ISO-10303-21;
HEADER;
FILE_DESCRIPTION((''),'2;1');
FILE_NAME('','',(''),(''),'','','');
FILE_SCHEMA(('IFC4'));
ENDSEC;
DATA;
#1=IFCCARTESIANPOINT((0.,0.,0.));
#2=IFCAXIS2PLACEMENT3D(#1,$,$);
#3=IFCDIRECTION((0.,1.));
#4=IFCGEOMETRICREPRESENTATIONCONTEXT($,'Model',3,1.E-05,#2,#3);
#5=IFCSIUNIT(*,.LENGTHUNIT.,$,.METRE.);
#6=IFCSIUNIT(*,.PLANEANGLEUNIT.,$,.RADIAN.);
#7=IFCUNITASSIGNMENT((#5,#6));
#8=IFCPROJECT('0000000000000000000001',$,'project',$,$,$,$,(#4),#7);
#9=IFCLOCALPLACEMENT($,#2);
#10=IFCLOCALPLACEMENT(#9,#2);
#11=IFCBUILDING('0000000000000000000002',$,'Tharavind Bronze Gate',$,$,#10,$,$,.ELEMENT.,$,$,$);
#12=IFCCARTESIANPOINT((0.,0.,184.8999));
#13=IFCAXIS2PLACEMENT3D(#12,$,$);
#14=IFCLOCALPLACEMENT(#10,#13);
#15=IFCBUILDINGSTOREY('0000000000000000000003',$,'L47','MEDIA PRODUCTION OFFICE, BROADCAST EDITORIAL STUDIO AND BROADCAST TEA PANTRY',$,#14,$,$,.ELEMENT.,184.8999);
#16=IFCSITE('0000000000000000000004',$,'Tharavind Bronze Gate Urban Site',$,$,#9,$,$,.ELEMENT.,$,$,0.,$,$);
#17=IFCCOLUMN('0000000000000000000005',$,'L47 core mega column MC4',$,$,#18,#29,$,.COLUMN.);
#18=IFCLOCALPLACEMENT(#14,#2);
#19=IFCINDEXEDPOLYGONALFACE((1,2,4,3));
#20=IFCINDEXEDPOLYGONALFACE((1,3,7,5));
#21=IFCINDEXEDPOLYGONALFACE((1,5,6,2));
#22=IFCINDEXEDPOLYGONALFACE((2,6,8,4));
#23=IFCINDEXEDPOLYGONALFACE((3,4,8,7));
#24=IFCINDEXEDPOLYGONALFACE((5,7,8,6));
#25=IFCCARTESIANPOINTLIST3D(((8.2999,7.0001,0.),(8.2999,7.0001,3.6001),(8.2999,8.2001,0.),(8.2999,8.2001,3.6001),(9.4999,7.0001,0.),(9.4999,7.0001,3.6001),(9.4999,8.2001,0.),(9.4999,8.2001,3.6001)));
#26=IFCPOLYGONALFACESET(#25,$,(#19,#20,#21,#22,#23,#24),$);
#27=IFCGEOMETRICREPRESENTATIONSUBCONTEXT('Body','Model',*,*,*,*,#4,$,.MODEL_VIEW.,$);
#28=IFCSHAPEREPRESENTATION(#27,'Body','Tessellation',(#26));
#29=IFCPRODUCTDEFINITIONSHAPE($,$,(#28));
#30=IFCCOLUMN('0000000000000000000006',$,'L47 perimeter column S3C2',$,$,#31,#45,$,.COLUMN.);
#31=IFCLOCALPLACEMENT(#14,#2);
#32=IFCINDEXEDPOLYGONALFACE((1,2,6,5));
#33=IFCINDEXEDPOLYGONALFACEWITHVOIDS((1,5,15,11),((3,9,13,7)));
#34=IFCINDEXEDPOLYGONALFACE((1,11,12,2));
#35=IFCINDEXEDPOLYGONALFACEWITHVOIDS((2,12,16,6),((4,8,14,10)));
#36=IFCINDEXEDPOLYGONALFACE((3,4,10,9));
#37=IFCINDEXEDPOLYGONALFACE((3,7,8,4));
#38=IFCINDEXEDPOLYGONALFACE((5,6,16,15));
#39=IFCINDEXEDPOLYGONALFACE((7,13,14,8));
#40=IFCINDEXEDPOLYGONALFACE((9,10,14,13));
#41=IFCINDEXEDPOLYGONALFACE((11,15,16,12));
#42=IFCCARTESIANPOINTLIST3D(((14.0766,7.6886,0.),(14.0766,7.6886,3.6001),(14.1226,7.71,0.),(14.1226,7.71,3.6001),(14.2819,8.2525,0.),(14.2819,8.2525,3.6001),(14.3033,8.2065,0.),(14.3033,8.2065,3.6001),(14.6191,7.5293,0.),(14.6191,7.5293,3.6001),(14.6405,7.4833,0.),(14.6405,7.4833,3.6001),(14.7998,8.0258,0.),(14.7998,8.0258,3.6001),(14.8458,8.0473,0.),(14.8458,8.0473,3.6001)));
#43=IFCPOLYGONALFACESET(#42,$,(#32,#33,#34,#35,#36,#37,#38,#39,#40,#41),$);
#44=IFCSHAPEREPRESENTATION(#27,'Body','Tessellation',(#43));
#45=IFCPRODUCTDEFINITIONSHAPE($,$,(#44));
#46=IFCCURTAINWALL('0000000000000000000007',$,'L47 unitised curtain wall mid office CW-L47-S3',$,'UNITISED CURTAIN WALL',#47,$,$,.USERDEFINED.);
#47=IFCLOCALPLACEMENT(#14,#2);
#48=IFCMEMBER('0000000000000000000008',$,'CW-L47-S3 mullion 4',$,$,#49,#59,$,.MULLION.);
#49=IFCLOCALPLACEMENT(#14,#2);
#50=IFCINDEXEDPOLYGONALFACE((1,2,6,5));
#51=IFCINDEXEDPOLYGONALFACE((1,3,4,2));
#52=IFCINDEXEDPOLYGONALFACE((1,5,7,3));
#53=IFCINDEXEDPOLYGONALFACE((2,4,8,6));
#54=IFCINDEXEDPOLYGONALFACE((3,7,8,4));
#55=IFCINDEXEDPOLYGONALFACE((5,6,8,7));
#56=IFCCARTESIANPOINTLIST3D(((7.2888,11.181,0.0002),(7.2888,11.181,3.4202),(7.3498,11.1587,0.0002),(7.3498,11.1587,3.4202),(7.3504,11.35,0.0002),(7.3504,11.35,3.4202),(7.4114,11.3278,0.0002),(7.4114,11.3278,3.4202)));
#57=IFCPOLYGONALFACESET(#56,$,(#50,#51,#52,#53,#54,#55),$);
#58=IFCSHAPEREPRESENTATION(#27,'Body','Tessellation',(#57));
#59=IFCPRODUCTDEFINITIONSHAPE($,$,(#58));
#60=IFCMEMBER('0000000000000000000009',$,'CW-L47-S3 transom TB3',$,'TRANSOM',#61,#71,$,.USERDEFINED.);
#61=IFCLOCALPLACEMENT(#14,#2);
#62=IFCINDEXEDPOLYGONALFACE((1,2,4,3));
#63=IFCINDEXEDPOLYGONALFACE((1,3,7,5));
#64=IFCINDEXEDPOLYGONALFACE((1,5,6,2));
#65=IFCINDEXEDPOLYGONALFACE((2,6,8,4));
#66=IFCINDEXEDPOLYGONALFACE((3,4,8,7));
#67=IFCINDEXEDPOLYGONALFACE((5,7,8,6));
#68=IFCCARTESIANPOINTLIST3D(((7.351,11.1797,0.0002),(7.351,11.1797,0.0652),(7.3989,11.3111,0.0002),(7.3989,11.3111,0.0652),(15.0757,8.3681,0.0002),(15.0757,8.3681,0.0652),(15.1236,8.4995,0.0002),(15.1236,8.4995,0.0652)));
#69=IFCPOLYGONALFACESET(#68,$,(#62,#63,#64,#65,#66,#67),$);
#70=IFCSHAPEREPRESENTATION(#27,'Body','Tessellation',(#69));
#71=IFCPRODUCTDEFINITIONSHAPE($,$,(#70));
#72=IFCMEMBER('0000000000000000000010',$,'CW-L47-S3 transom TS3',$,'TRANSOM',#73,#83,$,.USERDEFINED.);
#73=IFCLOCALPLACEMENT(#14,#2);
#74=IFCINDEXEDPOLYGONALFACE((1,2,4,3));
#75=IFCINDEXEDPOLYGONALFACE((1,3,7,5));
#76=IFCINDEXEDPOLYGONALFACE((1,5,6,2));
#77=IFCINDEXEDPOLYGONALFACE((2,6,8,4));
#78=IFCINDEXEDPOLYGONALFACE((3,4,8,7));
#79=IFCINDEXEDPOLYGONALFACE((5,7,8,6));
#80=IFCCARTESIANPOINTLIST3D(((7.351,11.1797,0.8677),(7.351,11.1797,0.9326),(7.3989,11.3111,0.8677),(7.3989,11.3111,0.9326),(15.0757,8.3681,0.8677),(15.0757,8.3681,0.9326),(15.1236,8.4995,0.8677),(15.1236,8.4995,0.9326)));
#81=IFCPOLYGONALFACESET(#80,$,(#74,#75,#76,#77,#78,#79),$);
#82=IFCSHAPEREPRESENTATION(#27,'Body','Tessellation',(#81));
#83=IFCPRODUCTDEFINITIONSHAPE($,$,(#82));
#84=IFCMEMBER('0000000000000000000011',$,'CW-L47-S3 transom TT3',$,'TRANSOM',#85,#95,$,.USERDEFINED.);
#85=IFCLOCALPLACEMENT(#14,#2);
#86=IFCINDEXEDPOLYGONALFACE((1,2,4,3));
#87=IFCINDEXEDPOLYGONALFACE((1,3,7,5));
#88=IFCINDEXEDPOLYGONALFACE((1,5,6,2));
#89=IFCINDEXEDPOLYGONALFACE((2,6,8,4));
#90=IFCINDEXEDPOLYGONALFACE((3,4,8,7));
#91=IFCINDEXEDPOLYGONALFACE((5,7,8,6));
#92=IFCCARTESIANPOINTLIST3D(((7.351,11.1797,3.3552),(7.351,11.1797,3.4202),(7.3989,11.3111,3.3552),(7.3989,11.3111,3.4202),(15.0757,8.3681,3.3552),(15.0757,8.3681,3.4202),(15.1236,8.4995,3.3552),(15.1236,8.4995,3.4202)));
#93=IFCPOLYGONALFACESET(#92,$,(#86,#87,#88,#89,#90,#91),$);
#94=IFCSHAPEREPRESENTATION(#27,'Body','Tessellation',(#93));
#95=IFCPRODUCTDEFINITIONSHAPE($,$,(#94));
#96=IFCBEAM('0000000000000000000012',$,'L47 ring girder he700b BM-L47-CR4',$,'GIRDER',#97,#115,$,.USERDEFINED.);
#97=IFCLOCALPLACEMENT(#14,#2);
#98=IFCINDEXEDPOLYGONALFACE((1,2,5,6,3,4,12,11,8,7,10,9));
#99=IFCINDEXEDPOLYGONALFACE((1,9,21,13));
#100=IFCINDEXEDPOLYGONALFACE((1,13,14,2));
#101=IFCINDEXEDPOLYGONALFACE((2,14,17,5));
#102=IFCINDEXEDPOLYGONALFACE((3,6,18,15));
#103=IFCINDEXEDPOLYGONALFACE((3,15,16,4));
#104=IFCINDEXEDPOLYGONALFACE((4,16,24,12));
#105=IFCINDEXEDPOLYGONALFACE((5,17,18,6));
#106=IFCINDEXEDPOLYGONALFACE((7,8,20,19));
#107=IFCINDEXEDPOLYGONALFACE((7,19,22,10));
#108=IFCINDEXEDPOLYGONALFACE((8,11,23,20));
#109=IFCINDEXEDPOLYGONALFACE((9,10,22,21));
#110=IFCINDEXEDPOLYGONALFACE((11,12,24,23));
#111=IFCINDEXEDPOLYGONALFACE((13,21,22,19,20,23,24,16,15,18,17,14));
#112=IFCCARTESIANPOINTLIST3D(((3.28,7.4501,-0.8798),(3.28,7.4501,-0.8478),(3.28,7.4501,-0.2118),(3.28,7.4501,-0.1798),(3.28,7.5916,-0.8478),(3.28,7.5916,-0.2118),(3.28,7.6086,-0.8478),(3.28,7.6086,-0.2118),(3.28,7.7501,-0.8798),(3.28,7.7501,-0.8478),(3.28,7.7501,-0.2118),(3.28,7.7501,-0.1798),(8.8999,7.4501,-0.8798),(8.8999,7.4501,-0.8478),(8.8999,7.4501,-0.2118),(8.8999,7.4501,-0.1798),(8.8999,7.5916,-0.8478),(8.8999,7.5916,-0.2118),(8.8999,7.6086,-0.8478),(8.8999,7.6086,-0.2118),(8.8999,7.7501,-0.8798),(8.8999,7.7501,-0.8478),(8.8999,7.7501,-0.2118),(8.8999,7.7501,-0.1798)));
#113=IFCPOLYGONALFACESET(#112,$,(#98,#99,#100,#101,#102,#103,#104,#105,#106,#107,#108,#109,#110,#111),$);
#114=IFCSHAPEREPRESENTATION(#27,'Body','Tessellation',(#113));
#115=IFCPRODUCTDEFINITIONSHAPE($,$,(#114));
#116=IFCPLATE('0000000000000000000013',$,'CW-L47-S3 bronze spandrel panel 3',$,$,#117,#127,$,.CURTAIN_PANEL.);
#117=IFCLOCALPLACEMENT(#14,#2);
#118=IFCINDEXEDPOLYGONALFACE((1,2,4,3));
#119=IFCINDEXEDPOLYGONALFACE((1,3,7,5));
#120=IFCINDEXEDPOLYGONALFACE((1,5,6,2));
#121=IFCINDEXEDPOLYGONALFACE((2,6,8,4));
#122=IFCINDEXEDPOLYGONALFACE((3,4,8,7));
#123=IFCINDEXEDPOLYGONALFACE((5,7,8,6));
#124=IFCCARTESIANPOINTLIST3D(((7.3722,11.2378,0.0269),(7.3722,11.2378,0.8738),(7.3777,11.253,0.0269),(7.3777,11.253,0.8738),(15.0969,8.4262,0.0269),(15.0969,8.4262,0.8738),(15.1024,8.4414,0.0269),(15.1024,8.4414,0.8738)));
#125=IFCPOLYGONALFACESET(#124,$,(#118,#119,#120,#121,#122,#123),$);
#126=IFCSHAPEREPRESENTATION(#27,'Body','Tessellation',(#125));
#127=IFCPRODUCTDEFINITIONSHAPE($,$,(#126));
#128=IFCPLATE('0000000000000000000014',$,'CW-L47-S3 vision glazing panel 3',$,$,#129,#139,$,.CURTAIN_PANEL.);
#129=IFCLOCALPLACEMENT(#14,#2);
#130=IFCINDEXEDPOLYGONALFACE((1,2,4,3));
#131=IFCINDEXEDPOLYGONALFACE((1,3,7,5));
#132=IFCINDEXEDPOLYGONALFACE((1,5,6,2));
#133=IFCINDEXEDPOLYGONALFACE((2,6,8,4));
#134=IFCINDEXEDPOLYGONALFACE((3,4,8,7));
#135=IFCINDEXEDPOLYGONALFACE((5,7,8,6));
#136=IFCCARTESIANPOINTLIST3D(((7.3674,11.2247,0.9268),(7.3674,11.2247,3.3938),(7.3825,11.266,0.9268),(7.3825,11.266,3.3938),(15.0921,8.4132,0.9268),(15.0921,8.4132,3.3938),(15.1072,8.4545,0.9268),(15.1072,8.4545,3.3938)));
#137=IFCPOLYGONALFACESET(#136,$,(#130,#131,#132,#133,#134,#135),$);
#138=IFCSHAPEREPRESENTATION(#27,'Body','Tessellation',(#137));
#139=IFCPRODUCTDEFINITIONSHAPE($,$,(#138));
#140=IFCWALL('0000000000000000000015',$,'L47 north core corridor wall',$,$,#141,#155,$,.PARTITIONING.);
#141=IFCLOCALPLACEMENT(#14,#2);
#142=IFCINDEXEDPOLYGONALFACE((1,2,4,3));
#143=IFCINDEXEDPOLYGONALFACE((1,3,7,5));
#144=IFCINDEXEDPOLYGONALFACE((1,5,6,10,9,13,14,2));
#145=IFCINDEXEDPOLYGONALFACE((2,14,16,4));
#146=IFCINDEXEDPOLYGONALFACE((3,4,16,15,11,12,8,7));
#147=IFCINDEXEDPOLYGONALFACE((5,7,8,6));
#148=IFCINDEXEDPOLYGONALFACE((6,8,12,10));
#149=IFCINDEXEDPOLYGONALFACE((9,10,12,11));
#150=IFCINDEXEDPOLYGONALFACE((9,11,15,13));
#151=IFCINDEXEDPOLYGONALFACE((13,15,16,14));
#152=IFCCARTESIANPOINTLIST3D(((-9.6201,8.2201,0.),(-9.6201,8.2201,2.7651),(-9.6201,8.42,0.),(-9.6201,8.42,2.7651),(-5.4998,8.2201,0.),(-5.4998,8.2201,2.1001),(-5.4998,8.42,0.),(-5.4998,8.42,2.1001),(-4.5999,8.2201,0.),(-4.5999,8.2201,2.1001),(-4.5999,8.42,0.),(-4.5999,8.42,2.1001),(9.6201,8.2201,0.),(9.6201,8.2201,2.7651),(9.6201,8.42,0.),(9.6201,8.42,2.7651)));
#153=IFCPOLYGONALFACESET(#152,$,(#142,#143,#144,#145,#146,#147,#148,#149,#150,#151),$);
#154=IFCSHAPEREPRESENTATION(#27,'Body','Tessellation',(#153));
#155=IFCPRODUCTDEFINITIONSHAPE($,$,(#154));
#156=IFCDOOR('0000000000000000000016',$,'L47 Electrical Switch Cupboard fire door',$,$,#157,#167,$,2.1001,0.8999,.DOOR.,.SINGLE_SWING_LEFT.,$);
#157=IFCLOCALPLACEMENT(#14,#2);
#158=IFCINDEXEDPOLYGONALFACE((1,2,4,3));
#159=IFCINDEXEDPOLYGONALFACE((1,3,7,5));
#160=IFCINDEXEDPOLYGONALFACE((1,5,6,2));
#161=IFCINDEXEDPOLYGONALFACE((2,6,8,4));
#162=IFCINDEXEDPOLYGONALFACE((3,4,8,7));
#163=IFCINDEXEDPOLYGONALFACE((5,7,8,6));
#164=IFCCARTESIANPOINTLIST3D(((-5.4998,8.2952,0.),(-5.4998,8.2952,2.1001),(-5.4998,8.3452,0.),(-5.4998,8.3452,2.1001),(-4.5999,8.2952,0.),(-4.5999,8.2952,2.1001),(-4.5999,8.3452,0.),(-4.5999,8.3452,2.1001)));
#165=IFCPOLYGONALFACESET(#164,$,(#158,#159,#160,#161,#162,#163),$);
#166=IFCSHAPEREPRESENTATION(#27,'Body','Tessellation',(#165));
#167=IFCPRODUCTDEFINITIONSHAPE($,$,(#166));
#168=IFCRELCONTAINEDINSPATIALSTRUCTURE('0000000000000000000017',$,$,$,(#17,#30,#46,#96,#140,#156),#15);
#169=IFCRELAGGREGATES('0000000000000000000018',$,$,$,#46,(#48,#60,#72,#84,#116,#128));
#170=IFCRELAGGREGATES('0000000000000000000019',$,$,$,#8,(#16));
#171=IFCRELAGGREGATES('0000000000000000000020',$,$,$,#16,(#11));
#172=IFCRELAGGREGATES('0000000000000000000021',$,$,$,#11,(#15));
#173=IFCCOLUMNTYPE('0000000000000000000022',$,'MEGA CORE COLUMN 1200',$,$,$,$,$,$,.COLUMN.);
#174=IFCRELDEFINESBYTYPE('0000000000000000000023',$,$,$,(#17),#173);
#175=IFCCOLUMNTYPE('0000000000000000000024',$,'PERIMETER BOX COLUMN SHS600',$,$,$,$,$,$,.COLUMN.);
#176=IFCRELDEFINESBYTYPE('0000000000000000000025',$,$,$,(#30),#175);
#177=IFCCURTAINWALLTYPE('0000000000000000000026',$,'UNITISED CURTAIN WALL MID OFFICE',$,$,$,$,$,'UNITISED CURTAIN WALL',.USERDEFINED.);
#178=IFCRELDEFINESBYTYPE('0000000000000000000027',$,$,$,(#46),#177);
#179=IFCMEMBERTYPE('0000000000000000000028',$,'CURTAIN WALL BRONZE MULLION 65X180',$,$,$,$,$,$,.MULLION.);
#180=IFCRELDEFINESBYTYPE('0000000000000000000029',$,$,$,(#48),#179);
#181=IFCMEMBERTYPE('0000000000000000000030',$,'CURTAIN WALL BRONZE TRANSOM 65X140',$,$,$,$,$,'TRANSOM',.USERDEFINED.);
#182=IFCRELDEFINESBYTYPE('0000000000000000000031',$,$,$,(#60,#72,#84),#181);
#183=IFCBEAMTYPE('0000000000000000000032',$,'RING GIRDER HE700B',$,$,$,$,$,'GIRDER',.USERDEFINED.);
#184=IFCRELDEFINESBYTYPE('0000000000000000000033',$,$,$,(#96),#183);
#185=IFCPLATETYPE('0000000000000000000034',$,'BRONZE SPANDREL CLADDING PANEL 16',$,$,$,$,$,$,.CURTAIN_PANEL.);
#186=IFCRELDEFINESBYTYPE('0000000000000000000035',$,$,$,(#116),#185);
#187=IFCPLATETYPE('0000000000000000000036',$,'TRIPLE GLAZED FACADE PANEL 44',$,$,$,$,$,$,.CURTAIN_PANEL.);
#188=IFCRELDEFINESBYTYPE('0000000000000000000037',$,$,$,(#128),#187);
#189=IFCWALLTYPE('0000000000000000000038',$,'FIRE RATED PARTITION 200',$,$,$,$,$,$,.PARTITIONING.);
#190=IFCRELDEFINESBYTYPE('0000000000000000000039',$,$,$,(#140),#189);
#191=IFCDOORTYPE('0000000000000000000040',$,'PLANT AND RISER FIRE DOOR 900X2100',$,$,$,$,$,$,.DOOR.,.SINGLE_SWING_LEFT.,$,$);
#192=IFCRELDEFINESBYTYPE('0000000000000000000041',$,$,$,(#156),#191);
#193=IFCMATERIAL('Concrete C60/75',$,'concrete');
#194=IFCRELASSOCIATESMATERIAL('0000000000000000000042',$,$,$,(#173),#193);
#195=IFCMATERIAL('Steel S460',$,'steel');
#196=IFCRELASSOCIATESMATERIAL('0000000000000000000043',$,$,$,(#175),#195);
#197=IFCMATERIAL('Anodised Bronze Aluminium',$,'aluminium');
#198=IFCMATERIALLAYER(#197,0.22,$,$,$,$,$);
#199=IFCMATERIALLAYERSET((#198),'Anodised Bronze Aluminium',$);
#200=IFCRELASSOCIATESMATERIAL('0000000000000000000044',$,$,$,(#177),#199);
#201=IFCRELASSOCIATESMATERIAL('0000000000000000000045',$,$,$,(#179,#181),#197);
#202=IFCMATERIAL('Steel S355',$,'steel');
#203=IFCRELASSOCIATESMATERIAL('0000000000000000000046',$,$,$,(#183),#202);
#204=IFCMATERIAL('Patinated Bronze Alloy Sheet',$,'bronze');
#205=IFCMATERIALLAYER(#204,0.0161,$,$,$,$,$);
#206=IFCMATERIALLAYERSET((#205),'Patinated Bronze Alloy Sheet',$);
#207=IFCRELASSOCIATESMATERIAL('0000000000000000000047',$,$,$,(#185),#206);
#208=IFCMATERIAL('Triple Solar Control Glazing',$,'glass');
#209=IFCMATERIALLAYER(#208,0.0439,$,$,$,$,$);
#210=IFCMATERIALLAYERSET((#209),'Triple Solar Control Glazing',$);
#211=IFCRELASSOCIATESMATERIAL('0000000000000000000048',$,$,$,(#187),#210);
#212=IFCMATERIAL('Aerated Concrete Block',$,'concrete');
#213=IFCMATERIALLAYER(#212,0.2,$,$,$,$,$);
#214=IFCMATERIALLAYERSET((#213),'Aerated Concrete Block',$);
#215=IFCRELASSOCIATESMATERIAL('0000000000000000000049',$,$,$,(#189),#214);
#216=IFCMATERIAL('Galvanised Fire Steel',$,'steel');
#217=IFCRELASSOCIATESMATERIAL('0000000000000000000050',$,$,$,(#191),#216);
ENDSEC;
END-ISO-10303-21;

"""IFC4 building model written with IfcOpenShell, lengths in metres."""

from ifc_helpers import new_model, si_unit, direction, frame, frame_2d, origin, origin_2d, place, context, subcontext, project, spatial, rectangle, hollow_rectangle, i_section, extrude, material, layer, layer_set, material_profile, profile_set, type_object, element, fill, aggregate, save


model = new_model("IFC4")

# Units and contexts
model_context = context("Model", 3, precision=1e-05, world=origin(), true_north=direction((0.0, 1.0)))
body_context = subcontext(model_context, "Body", "Model", "MODEL_VIEW")
ifc_project = project(units=[si_unit("LENGTHUNIT", "METRE"), si_unit("PLANEANGLEUNIT", "RADIAN")], contexts=[model_context])

# Site, building, storey
site_placement = place(None, origin())
site = spatial("IfcSite", under=ifc_project, at=site_placement, Name="Tharavind Bronze Gate Urban Site", CompositionType="ELEMENT", RefElevation=0.0)
building_placement = place(site_placement, origin())
building = spatial("IfcBuilding", under=site, at=building_placement, Name="Tharavind Bronze Gate", CompositionType="ELEMENT")
storey_placement = place(building_placement, frame((0.0, 0.0, 184.8999)))
storey = spatial("IfcBuildingStorey", under=building, at=storey_placement, Name="L47", Description="MEDIA PRODUCTION OFFICE, BROADCAST EDITORIAL STUDIO AND BROADCAST TEA PANTRY", CompositionType="ELEMENT", Elevation=184.8999)

# Columns
ifc_material_1 = material(Name="Concrete C60/75", Category="concrete")
ifc_material_profile_1 = material_profile(ifc_material_1, rectangle(XDim=1.2, YDim=1.2, at=origin_2d()), Name="RCCOL1200")
ifc_profile_set_1 = profile_set([ifc_material_profile_1], Name="Concrete C60/75")
column_type_1 = type_object("IfcColumnType", Name="MEGA CORE COLUMN 1200", PredefinedType="COLUMN", material=ifc_profile_set_1)
column_1_placement = place(storey_placement, frame((8.8999, 7.6001, 0.0), z_axis=(0.0, 0.0, 1.0), x_axis=(1.0, 0.0, 0.0)))
element("IfcColumn", 1, at=column_1_placement, inside=storey, type_object=column_type_1, Name="L47 core mega column MC4", PredefinedType="COLUMN", context=body_context, shape_type="SweptSolid", body=[
    extrude(rectangle(XDim=1.2, YDim=1.2, at=origin_2d()), origin(), (0.0, 0.0, 1.0), 3.6001),
])
ifc_material_2 = material(Name="Steel S460", Category="steel")
ifc_material_profile_2 = material_profile(ifc_material_2, hollow_rectangle(XDim=0.6001, YDim=0.6001, WallThickness=0.0359, at=origin_2d()), Name="SHS600X36")
ifc_profile_set_2 = profile_set([ifc_material_profile_2], Name="Steel S460")
column_type_2 = type_object("IfcColumnType", Name="PERIMETER BOX COLUMN SHS600", PredefinedType="COLUMN", material=ifc_profile_set_2)
column_2_placement = place(storey_placement, frame((14.4612, 7.8679, 0.0), z_axis=(0.0, 0.0, 1.0), x_axis=(-0.939692, 0.342022, 0.0)))
element("IfcColumn", 2, at=column_2_placement, inside=storey, type_object=column_type_2, Name="L47 perimeter column S3C2", PredefinedType="COLUMN", context=body_context, shape_type="SweptSolid", body=[
    extrude(hollow_rectangle(XDim=0.6001, YDim=0.6001, WallThickness=0.0359, at=origin_2d()), origin(), (0.0, 0.0, 1.0), 3.6001),
])

# Curtain wall, members
ifc_material_3 = material(Name="Anodised Bronze Aluminium", Category="aluminium")
ifc_layer_1 = layer(ifc_material_3, 0.22)
ifc_layer_set_1 = layer_set([ifc_layer_1], Name="Anodised Bronze Aluminium")
curtain_wall_type = type_object("IfcCurtainWallType", Name="UNITISED CURTAIN WALL MID OFFICE", ElementType="UNITISED CURTAIN WALL", PredefinedType="USERDEFINED", material=ifc_layer_set_1)
curtain_wall_placement = place(storey_placement, origin())
curtain_wall = element("IfcCurtainWall", 3, at=curtain_wall_placement, inside=storey, type_object=curtain_wall_type, Name="L47 unitised curtain wall mid office CW-L47-S3", ObjectType="UNITISED CURTAIN WALL", PredefinedType="USERDEFINED")
member_type_1 = type_object("IfcMemberType", Name="CURTAIN WALL BRONZE MULLION 65X180", PredefinedType="MULLION", material=ifc_material_3)
member_1_placement = place(storey_placement, frame((7.3501, 11.2544, 0.0002), z_axis=(0.0, 0.0, 1.0), x_axis=(-0.939692, 0.342022, 0.0)))
member_1 = element("IfcMember", 4, at=member_1_placement, type_object=member_type_1, Name="CW-L47-S3 mullion 4", PredefinedType="MULLION", context=body_context, shape_type="SweptSolid", body=[
    extrude(rectangle(XDim=0.0649, YDim=0.1799, at=origin_2d()), origin(), (0.0, 0.0, 1.0), 3.4199),
])
member_type_2 = type_object("IfcMemberType", Name="CURTAIN WALL BRONZE TRANSOM 65X140", ElementType="TRANSOM", PredefinedType="USERDEFINED", material=ifc_material_3)
member_2_placement = place(storey_placement, frame((11.2373, 9.8396, 0.0002), z_axis=(0.0, 0.0, 1.0), x_axis=(-0.939692, 0.342022, 0.0)))
member_2 = element("IfcMember", 5, at=member_2_placement, type_object=member_type_2, Name="CW-L47-S3 transom TB3", ObjectType="TRANSOM", PredefinedType="USERDEFINED", context=body_context, shape_type="SweptSolid", body=[
    extrude(rectangle(XDim=8.2205, YDim=0.1399, at=origin_2d()), origin(), (0.0, 0.0, 1.0), 0.0649),
])
member_3_placement = place(storey_placement, frame((11.2373, 9.8396, 0.8677), z_axis=(0.0, 0.0, 1.0), x_axis=(-0.939692, 0.342022, 0.0)))
member_3 = element("IfcMember", 6, at=member_3_placement, type_object=member_type_2, Name="CW-L47-S3 transom TS3", ObjectType="TRANSOM", PredefinedType="USERDEFINED", context=body_context, shape_type="SweptSolid", body=[
    extrude(rectangle(XDim=8.2205, YDim=0.1399, at=origin_2d()), origin(), (0.0, 0.0, 1.0), 0.0649),
])
member_4_placement = place(storey_placement, frame((11.2373, 9.8396, 3.3552), z_axis=(0.0, 0.0, 1.0), x_axis=(-0.939692, 0.342022, 0.0)))
member_4 = element("IfcMember", 7, at=member_4_placement, type_object=member_type_2, Name="CW-L47-S3 transom TT3", ObjectType="TRANSOM", PredefinedType="USERDEFINED", context=body_context, shape_type="SweptSolid", body=[
    extrude(rectangle(XDim=8.2205, YDim=0.1399, at=origin_2d()), origin(), (0.0, 0.0, 1.0), 0.0649),
])

# Beam
ifc_material_4 = material(Name="Steel S355", Category="steel")
ifc_material_profile_3 = material_profile(ifc_material_4, i_section(OverallWidth=0.3, OverallDepth=0.7, WebThickness=0.0171, FlangeThickness=0.032, at=origin_2d()), Name="HE700B")
ifc_profile_set_3 = profile_set([ifc_material_profile_3], Name="Steel S355")
beam_type = type_object("IfcBeamType", Name="RING GIRDER HE700B", ElementType="GIRDER", PredefinedType="USERDEFINED", material=ifc_profile_set_3)
beam_placement = place(storey_placement, frame((8.8999, 7.6001, -0.5298), z_axis=(-1.0, 0.0, 0.0), x_axis=(0.0, -1.0, 0.0)))
element("IfcBeam", 8, at=beam_placement, inside=storey, type_object=beam_type, Name="L47 ring girder he700b BM-L47-CR4", ObjectType="GIRDER", PredefinedType="USERDEFINED", context=body_context, shape_type="SweptSolid", body=[
    extrude(i_section(OverallWidth=0.3, OverallDepth=0.7, WebThickness=0.0171, FlangeThickness=0.032, at=origin_2d()), origin(), (0.0, 0.0, 1.0), 5.6199),
])

# Plates
ifc_material_5 = material(Name="Patinated Bronze Alloy Sheet", Category="bronze")
ifc_layer_2 = layer(ifc_material_5, 0.0161)
ifc_layer_set_2 = layer_set([ifc_layer_2], Name="Patinated Bronze Alloy Sheet")
plate_type_1 = type_object("IfcPlateType", Name="BRONZE SPANDREL CLADDING PANEL 16", PredefinedType="CURTAIN_PANEL", material=ifc_layer_set_2)
plate_1_placement = place(storey_placement, frame((11.2373, 9.8396, 0.0269), z_axis=(0.0, 0.0, 1.0), x_axis=(-0.939692, 0.342022, 0.0)))
plate_1 = element("IfcPlate", 9, at=plate_1_placement, type_object=plate_type_1, Name="CW-L47-S3 bronze spandrel panel 3", PredefinedType="CURTAIN_PANEL", context=body_context, shape_type="SweptSolid", body=[
    extrude(rectangle(XDim=8.2205, YDim=0.0161, at=origin_2d()), origin(), (0.0, 0.0, 1.0), 0.8469),
])
ifc_material_6 = material(Name="Triple Solar Control Glazing", Category="glass")
ifc_layer_3 = layer(ifc_material_6, 0.0439)
ifc_layer_set_3 = layer_set([ifc_layer_3], Name="Triple Solar Control Glazing")
plate_type_2 = type_object("IfcPlateType", Name="TRIPLE GLAZED FACADE PANEL 44", PredefinedType="CURTAIN_PANEL", material=ifc_layer_set_3)
plate_2_placement = place(storey_placement, frame((11.2373, 9.8396, 0.9268), z_axis=(0.0, 0.0, 1.0), x_axis=(-0.939692, 0.342022, 0.0)))
plate_2 = element("IfcPlate", 10, at=plate_2_placement, type_object=plate_type_2, Name="CW-L47-S3 vision glazing panel 3", PredefinedType="CURTAIN_PANEL", context=body_context, shape_type="SweptSolid", body=[
    extrude(rectangle(XDim=8.2205, YDim=0.0439, at=origin_2d()), origin(), (0.0, 0.0, 1.0), 2.467),
])
aggregate(curtain_wall, [member_1, member_2, member_3, member_4, plate_1, plate_2])

# Wall, opening, door
ifc_material_7 = material(Name="Aerated Concrete Block", Category="concrete")
ifc_layer_4 = layer(ifc_material_7, 0.2)
ifc_layer_set_4 = layer_set([ifc_layer_4], Name="Aerated Concrete Block")
wall_type_1 = type_object("IfcWallType", Name="FIRE RATED PARTITION 200", PredefinedType="PARTITIONING", material=ifc_layer_set_4)
wall_1_placement = place(storey_placement, frame((9.6201, 8.3201, 0.0), z_axis=(0.0, 0.0, 1.0), x_axis=(-1.0, 0.0, 0.0)))
wall_1 = element("IfcWall", 11, at=wall_1_placement, inside=storey, type_object=wall_type_1, Name="L47 north core corridor wall", PredefinedType="PARTITIONING", context=body_context, shape_type="SweptSolid", body=[
    extrude(rectangle(XDim=19.2402, YDim=0.2, at=frame_2d((9.6201, 0.0))), origin(), (0.0, 0.0, 1.0), 2.7651),
])
opening_1_placement = place(wall_1_placement, frame((14.22, 0.0, 0.0)))
opening_1 = element("IfcOpeningElement", 12, at=opening_1_placement, cuts=wall_1, PredefinedType="OPENING", context=body_context, shape_type="SweptSolid", body=[
    extrude(rectangle(XDim=0.8999, YDim=2.1001, at=frame_2d((0.45, 1.05))), frame((0.0, 0.1101, 0.0), z_axis=(0.0, -1.0, 0.0), x_axis=(1.0, 0.0, 0.0)), (0.0, 0.0, 1.0), 0.22),
])
ifc_material_8 = material(Name="Galvanised Fire Steel", Category="steel")
door_type_1 = type_object("IfcDoorType", Name="PLANT AND RISER FIRE DOOR 900X2100", OperationType="SINGLE_SWING_LEFT", PredefinedType="DOOR", material=ifc_material_8)
door_1_placement = place(opening_1_placement, origin())
door_1 = element("IfcDoor", 13, at=door_1_placement, inside=storey, type_object=door_type_1, Name="L47 Electrical Switch Cupboard fire door", OperationType="SINGLE_SWING_LEFT", OverallHeight=2.1001, OverallWidth=0.8999, PredefinedType="DOOR", context=body_context, shape_type="SweptSolid", body=[
    extrude(rectangle(XDim=0.8999, YDim=2.1001, at=frame_2d((0.45, 1.05))), frame((0.0, 0.0249, 0.0), z_axis=(0.0, -1.0, 0.0), x_axis=(1.0, 0.0, 0.0)), (0.0, 0.0, 1.0), 0.05),
])
fill(opening_1, door_1)

save(model, "model.ifc")
